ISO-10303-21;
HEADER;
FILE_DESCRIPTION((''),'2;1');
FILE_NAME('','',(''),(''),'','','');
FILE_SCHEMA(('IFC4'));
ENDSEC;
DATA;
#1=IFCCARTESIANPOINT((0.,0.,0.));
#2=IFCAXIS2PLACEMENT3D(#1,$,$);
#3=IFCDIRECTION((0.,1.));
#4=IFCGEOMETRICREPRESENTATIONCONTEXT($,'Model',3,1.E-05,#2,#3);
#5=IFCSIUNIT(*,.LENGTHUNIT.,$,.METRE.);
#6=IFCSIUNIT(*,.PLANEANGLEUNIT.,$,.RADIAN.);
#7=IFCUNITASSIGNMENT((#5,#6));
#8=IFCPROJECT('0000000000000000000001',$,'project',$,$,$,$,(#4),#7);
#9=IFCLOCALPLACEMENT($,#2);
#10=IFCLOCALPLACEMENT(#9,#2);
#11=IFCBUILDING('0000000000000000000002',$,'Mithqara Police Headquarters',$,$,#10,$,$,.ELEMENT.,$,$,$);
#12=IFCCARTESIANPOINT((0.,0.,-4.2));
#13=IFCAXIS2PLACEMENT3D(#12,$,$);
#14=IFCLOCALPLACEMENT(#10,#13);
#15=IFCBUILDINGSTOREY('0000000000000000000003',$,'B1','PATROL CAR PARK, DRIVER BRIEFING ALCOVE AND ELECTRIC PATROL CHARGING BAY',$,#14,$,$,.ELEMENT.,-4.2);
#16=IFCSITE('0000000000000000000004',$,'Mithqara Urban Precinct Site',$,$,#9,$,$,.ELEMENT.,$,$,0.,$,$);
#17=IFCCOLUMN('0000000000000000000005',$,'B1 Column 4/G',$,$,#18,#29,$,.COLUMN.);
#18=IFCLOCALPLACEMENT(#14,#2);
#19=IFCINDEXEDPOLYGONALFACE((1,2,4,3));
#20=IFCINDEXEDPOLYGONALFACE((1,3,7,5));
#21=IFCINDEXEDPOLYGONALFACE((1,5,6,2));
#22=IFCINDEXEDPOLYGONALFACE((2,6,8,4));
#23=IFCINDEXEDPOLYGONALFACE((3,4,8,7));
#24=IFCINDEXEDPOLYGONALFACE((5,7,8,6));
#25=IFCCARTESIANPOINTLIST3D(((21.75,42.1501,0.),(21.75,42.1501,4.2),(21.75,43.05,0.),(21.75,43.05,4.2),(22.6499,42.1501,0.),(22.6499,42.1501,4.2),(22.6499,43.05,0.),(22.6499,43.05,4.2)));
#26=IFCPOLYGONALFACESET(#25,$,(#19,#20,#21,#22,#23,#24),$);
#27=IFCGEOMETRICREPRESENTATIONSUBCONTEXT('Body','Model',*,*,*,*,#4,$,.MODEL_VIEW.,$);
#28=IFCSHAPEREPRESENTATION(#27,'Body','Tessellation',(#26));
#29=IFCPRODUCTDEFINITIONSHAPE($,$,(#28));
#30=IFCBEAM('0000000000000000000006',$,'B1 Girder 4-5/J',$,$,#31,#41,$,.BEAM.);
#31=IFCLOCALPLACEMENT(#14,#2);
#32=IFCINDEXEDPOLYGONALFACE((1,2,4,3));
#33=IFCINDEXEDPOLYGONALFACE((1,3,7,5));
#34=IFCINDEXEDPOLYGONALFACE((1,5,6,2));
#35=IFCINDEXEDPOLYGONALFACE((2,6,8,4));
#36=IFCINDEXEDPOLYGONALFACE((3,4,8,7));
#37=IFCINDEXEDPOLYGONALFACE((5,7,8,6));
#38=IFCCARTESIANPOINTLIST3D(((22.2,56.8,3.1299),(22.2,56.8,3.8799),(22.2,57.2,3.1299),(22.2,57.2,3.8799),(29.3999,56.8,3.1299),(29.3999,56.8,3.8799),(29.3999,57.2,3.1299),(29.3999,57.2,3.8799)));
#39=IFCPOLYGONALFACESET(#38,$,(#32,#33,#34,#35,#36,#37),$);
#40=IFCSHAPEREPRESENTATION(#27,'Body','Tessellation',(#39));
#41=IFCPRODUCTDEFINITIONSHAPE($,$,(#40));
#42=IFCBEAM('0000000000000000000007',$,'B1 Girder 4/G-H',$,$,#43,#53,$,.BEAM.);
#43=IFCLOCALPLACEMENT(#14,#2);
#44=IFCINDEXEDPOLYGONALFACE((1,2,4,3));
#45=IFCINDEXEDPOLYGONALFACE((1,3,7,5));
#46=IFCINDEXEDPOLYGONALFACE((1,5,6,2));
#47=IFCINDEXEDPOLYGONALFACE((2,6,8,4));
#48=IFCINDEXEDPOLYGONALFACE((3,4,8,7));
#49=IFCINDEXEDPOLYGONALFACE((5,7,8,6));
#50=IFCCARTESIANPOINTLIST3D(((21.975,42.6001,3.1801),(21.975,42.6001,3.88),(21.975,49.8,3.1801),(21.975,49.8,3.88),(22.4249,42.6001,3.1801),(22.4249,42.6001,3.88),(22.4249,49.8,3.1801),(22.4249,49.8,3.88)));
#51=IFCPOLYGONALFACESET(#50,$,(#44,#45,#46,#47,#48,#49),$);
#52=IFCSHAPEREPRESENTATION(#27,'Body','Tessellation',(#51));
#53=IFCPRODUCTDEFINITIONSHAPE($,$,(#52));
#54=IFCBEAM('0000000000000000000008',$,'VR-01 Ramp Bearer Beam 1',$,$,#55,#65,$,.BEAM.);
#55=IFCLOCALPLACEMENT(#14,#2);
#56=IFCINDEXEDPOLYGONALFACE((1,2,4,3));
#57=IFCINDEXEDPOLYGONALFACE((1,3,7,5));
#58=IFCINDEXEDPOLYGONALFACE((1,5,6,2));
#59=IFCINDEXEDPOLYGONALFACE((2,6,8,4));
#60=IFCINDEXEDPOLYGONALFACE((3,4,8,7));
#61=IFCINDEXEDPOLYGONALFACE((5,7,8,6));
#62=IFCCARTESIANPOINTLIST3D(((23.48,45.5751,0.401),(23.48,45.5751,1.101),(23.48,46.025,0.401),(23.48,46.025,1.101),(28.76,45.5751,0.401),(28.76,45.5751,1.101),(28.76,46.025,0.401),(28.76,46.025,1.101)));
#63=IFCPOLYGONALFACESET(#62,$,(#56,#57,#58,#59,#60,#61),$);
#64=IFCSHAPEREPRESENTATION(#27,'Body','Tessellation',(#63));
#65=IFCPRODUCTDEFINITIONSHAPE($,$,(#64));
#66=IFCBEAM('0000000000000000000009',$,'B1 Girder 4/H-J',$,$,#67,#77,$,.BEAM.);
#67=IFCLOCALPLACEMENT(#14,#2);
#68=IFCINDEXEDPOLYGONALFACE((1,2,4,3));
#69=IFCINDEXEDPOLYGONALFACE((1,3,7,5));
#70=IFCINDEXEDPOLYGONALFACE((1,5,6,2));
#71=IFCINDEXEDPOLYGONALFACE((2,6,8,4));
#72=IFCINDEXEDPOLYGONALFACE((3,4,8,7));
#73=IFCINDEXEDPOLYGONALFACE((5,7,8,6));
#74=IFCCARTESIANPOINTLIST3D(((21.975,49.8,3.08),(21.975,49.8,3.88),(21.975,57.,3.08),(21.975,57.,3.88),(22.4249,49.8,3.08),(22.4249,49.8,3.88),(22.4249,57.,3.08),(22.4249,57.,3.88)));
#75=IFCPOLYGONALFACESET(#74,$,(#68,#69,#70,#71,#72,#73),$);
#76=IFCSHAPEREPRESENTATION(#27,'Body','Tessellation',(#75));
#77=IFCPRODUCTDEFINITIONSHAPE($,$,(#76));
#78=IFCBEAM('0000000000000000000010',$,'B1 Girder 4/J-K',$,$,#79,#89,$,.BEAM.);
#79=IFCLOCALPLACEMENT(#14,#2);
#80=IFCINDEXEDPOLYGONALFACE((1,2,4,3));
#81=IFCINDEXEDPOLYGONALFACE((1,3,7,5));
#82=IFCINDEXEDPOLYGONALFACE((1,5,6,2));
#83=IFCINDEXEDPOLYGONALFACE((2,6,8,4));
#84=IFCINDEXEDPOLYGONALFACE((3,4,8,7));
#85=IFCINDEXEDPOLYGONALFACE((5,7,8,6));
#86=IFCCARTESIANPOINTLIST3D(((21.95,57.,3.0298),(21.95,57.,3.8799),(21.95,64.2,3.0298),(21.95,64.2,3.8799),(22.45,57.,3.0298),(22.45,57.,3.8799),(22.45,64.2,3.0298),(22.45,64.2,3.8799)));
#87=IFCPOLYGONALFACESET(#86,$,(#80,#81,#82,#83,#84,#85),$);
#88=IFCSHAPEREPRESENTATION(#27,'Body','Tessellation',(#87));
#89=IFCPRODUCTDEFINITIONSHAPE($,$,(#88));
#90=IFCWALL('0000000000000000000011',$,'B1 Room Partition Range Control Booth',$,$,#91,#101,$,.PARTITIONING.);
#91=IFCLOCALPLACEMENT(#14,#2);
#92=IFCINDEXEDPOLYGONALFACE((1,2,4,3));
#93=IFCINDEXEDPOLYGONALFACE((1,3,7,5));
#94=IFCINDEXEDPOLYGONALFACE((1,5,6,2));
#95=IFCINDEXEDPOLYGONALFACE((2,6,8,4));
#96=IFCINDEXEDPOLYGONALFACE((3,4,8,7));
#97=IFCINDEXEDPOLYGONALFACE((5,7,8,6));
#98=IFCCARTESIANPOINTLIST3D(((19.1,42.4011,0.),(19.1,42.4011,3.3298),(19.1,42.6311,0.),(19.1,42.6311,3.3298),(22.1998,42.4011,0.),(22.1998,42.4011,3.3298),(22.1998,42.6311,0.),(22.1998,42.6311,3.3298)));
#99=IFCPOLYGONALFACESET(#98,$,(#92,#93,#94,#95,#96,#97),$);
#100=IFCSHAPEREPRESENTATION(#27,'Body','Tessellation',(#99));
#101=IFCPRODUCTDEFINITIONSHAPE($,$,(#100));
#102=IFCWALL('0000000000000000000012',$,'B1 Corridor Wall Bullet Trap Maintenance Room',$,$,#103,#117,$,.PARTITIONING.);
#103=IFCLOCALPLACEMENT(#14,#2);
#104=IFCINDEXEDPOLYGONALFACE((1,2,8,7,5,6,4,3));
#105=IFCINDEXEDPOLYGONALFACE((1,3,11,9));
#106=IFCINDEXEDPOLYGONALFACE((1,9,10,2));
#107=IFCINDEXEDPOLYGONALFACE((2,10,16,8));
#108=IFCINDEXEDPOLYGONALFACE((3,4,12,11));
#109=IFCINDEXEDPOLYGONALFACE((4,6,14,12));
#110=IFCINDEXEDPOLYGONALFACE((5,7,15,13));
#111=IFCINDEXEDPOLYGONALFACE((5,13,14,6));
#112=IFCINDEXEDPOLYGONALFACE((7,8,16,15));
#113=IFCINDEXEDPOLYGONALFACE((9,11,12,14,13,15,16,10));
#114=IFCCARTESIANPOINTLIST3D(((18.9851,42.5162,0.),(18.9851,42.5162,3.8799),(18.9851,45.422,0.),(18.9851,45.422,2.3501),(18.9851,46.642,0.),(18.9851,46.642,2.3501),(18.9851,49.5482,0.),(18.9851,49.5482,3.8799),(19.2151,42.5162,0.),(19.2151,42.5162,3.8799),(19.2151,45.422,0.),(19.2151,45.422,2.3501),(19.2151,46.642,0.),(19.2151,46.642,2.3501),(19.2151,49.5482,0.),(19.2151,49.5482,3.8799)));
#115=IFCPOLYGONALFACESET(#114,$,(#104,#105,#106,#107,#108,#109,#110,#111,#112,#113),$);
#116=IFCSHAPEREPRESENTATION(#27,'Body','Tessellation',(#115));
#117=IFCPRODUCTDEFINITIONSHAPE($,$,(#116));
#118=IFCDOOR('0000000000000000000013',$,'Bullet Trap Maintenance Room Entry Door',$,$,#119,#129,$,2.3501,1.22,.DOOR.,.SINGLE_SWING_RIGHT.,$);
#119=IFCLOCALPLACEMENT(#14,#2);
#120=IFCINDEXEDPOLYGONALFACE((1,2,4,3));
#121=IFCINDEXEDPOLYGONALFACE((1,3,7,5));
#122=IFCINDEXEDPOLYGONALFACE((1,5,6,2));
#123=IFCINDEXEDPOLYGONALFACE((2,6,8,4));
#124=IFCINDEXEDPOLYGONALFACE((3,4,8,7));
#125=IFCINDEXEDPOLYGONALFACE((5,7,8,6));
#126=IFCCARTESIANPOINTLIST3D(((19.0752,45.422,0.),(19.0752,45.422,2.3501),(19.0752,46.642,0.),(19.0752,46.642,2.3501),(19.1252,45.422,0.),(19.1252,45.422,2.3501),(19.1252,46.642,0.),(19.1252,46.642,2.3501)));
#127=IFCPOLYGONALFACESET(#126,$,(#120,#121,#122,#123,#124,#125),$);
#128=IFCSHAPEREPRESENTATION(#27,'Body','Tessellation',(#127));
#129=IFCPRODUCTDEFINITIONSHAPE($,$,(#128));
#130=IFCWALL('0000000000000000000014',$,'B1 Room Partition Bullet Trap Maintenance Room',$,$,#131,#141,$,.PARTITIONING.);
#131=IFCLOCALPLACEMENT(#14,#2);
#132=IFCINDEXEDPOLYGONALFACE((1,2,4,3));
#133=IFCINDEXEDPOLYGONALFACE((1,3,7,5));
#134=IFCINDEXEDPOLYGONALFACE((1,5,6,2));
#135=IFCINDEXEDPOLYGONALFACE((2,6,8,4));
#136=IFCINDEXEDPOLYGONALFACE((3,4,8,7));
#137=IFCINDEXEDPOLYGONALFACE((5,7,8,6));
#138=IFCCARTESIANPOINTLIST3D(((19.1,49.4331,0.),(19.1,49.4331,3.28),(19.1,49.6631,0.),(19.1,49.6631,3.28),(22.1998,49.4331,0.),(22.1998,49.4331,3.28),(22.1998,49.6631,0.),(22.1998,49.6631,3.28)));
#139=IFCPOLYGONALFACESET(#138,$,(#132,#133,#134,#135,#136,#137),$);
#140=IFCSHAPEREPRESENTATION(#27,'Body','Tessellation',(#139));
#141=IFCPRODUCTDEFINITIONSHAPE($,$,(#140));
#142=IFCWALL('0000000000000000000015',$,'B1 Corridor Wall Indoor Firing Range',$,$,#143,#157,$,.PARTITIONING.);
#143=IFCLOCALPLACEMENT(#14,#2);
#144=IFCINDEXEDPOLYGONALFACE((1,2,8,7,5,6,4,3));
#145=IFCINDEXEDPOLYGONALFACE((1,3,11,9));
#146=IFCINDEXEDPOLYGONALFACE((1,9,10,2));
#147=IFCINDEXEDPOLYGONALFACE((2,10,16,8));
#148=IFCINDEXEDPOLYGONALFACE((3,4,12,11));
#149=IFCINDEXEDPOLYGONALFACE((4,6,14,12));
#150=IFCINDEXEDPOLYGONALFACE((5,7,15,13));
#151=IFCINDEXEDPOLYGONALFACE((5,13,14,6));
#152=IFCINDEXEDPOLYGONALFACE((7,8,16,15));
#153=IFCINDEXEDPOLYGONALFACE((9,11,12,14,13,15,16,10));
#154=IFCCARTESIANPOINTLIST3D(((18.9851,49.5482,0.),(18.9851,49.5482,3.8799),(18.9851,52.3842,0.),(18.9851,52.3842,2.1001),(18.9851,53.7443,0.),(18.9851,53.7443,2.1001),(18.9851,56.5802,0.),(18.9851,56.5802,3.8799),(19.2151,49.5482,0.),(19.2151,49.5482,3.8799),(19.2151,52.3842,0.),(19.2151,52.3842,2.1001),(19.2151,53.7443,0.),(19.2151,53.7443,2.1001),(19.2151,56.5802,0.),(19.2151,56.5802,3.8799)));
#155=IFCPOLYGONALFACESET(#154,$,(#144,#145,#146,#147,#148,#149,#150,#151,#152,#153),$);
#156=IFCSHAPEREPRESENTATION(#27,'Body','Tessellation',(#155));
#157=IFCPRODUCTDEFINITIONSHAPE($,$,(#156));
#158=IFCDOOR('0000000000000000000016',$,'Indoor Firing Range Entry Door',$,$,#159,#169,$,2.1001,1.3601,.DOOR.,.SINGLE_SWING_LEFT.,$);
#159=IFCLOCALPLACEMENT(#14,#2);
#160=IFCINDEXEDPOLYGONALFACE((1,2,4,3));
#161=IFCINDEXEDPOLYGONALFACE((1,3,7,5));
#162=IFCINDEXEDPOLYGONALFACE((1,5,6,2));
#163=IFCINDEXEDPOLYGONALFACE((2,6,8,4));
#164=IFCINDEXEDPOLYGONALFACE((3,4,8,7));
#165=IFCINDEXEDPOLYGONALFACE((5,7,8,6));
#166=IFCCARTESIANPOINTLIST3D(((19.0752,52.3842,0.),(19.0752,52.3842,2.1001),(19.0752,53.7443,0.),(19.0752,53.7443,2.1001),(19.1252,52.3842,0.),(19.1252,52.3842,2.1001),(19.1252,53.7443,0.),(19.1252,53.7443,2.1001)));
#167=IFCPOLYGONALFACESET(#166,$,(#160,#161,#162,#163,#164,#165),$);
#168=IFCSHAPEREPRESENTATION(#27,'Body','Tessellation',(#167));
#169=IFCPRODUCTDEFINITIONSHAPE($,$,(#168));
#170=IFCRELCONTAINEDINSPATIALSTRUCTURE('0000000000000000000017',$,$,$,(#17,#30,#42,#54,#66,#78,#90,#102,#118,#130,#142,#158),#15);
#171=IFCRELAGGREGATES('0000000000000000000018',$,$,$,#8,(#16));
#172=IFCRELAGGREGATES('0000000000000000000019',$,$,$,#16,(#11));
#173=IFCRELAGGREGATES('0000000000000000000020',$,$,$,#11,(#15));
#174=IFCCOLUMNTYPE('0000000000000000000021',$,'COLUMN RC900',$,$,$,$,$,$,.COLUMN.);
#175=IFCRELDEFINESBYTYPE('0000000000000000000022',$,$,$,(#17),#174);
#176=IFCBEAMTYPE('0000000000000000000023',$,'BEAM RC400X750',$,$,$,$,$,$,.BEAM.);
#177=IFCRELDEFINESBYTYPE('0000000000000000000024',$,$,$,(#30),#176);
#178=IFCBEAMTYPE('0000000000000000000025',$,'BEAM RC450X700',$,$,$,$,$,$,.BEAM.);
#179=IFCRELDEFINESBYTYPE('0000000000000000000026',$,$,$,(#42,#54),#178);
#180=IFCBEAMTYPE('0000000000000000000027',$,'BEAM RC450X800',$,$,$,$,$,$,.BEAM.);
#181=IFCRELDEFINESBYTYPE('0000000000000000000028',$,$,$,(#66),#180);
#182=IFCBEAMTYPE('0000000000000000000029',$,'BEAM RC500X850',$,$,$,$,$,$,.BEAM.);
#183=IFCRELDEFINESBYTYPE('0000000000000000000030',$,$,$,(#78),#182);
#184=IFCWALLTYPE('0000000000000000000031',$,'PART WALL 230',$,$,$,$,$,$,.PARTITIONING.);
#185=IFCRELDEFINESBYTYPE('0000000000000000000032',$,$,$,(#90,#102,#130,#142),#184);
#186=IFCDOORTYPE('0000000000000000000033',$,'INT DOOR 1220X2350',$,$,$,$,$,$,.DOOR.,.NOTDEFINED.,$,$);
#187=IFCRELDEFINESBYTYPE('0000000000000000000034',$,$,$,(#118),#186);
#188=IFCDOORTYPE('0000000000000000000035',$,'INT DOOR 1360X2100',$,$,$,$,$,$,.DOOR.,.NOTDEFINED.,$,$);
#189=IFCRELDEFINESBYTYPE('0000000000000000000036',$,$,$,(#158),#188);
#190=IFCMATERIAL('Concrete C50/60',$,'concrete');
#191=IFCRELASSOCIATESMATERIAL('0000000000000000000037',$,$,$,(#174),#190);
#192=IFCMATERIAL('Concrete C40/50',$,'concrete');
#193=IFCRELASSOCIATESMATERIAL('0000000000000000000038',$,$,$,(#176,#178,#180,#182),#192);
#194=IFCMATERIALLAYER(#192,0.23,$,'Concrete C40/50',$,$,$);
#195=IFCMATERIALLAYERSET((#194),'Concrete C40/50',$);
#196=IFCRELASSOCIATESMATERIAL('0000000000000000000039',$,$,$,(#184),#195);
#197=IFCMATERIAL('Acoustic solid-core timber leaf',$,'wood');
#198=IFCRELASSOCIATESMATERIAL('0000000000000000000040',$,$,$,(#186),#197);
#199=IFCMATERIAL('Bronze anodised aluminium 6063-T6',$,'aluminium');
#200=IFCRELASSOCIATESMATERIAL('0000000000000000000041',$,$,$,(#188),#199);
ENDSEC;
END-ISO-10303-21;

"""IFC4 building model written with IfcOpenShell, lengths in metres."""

from ifc_helpers import new_model, si_unit, direction, frame, frame_2d, origin, origin_2d, place, context, subcontext, project, spatial, rectangle, extrude, material, layer, layer_set, material_profile, profile_set, type_object, element, fill, save


model = new_model("IFC4")

# Units and contexts
model_context = context("Model", 3, precision=1e-05, world=origin(), true_north=direction((0.0, 1.0)))
body_context = subcontext(model_context, "Body", "Model", "MODEL_VIEW")
ifc_project = project(units=[si_unit("LENGTHUNIT", "METRE"), si_unit("PLANEANGLEUNIT", "RADIAN")], contexts=[model_context])

# Site, building, storey
site_placement = place(None, origin())
site = spatial("IfcSite", under=ifc_project, at=site_placement, Name="Mithqara Urban Precinct Site", CompositionType="ELEMENT", RefElevation=0.0)
building_placement = place(site_placement, origin())
building = spatial("IfcBuilding", under=site, at=building_placement, Name="Mithqara Police Headquarters", CompositionType="ELEMENT")
storey_placement = place(building_placement, frame((0.0, 0.0, -4.2)))
storey = spatial("IfcBuildingStorey", under=building, at=storey_placement, Name="B1", Description="PATROL CAR PARK, DRIVER BRIEFING ALCOVE AND ELECTRIC PATROL CHARGING BAY", CompositionType="ELEMENT", Elevation=-4.2)

# Shared definitions
ifc_material_1 = material(Name="Concrete C40/50", Category="concrete")

# Column
ifc_material_2 = material(Name="Concrete C50/60", Category="concrete")
ifc_material_profile_1 = material_profile(ifc_material_2, rectangle(XDim=0.8999, YDim=0.8999, at=origin_2d()), Name="RC 900x900")
ifc_profile_set_1 = profile_set([ifc_material_profile_1], Name="Concrete C50/60")
column_type_1 = type_object("IfcColumnType", Name="COLUMN RC900", PredefinedType="COLUMN", material=ifc_profile_set_1)
column_1_placement = place(storey_placement, frame((22.2, 42.6001, 0.0), z_axis=(0.0, 0.0, 1.0), x_axis=(1.0, 0.0, 0.0)))
element("IfcColumn", 1, at=column_1_placement, inside=storey, type_object=column_type_1, Name="B1 Column 4/G", PredefinedType="COLUMN", context=body_context, shape_type="SweptSolid", body=[
    extrude(rectangle(XDim=0.8999, YDim=0.8999, at=origin_2d()), origin(), (0.0, 0.0, 1.0), 4.2),
])

# Beams
ifc_material_profile_2 = material_profile(ifc_material_1, rectangle(XDim=0.3999, YDim=0.75, at=origin_2d()), Name="RC 400x750")
ifc_profile_set_2 = profile_set([ifc_material_profile_2], Name="Concrete C40/50")
beam_type_1 = type_object("IfcBeamType", Name="BEAM RC400X750", PredefinedType="BEAM", material=ifc_profile_set_2)
beam_1_placement = place(storey_placement, frame((22.2, 57.0, 3.5049), z_axis=(1.0, 0.0, 0.0), x_axis=(0.0, 1.0, 0.0)))
element("IfcBeam", 2, at=beam_1_placement, inside=storey, type_object=beam_type_1, Name="B1 Girder 4-5/J", PredefinedType="BEAM", context=body_context, shape_type="SweptSolid", body=[
    extrude(rectangle(XDim=0.3999, YDim=0.75, at=origin_2d()), origin(), (0.0, 0.0, 1.0), 7.2),
])
ifc_material_profile_3 = material_profile(ifc_material_1, rectangle(XDim=0.45, YDim=0.7, at=origin_2d()), Name="RC 450x700")
ifc_profile_set_3 = profile_set([ifc_material_profile_3], Name="Concrete C40/50")
beam_type_2 = type_object("IfcBeamType", Name="BEAM RC450X700", PredefinedType="BEAM", material=ifc_profile_set_3)
beam_2_placement = place(storey_placement, frame((22.2, 42.6001, 3.53), z_axis=(0.0, 1.0, 0.0), x_axis=(-1.0, 0.0, 0.0)))
element("IfcBeam", 3, at=beam_2_placement, inside=storey, type_object=beam_type_2, Name="B1 Girder 4/G-H", PredefinedType="BEAM", context=body_context, shape_type="SweptSolid", body=[
    extrude(rectangle(XDim=0.45, YDim=0.7, at=origin_2d()), origin(), (0.0, 0.0, 1.0), 7.2),
])
beam_3_placement = place(storey_placement, frame((23.48, 45.8, 0.751), z_axis=(1.0, 0.0, 0.0), x_axis=(0.0, 1.0, 0.0)))
element("IfcBeam", 4, at=beam_3_placement, inside=storey, type_object=beam_type_2, Name="VR-01 Ramp Bearer Beam 1", PredefinedType="BEAM", context=body_context, shape_type="SweptSolid", body=[
    extrude(rectangle(XDim=0.45, YDim=0.7, at=origin_2d()), origin(), (0.0, 0.0, 1.0), 5.28),
])
ifc_material_profile_4 = material_profile(ifc_material_1, rectangle(XDim=0.45, YDim=0.8, at=origin_2d()), Name="RC 450x800")
ifc_profile_set_4 = profile_set([ifc_material_profile_4], Name="Concrete C40/50")
beam_type_3 = type_object("IfcBeamType", Name="BEAM RC450X800", PredefinedType="BEAM", material=ifc_profile_set_4)
beam_4_placement = place(storey_placement, frame((22.2, 49.8, 3.48), z_axis=(0.0, 1.0, 0.0), x_axis=(-1.0, 0.0, 0.0)))
element("IfcBeam", 5, at=beam_4_placement, inside=storey, type_object=beam_type_3, Name="B1 Girder 4/H-J", PredefinedType="BEAM", context=body_context, shape_type="SweptSolid", body=[
    extrude(rectangle(XDim=0.45, YDim=0.8, at=origin_2d()), origin(), (0.0, 0.0, 1.0), 7.2),
])
ifc_material_profile_5 = material_profile(ifc_material_1, rectangle(XDim=0.5, YDim=0.8501, at=origin_2d()), Name="RC 500x850")
ifc_profile_set_5 = profile_set([ifc_material_profile_5], Name="Concrete C40/50")
beam_type_4 = type_object("IfcBeamType", Name="BEAM RC500X850", PredefinedType="BEAM", material=ifc_profile_set_5)
beam_5_placement = place(storey_placement, frame((22.2, 57.0, 3.4548), z_axis=(0.0, 1.0, 0.0), x_axis=(-1.0, 0.0, 0.0)))
element("IfcBeam", 6, at=beam_5_placement, inside=storey, type_object=beam_type_4, Name="B1 Girder 4/J-K", PredefinedType="BEAM", context=body_context, shape_type="SweptSolid", body=[
    extrude(rectangle(XDim=0.5, YDim=0.8501, at=origin_2d()), origin(), (0.0, 0.0, 1.0), 7.2),
])

# Wall
ifc_layer = layer(ifc_material_1, 0.23, Name="Concrete C40/50")
ifc_layer_set = layer_set([ifc_layer], Name="Concrete C40/50")
wall_type = type_object("IfcWallType", Name="PART WALL 230", PredefinedType="PARTITIONING", material=ifc_layer_set)
wall_1_placement = place(storey_placement, frame((19.1001, 42.5161, 0.0), z_axis=(0.0, 0.0, 1.0), x_axis=(1.0, 0.0, 0.0)))
element("IfcWall", 7, at=wall_1_placement, inside=storey, type_object=wall_type, Name="B1 Room Partition Range Control Booth", PredefinedType="PARTITIONING", context=body_context, shape_type="SweptSolid", body=[
    extrude(rectangle(XDim=3.0999, YDim=0.23, at=frame_2d((1.5498, 0.0))), origin(), (0.0, 0.0, 1.0), 3.3298),
])

# Wall, opening, door
wall_2_placement = place(storey_placement, frame((19.1001, 42.5161, 0.0), z_axis=(0.0, 0.0, 1.0), x_axis=(0.0, 1.0, 0.0)))
wall_2 = element("IfcWall", 8, at=wall_2_placement, inside=storey, type_object=wall_type, Name="B1 Corridor Wall Bullet Trap Maintenance Room", PredefinedType="PARTITIONING", context=body_context, shape_type="SweptSolid", body=[
    extrude(rectangle(XDim=7.032, YDim=0.23, at=frame_2d((3.5161, 0.0))), origin(), (0.0, 0.0, 1.0), 3.8799),
])
opening_1_placement = place(wall_2_placement, frame((2.906, 0.0, 0.0)))
opening_1 = element("IfcOpeningElement", 9, at=opening_1_placement, cuts=wall_2, PredefinedType="OPENING", context=body_context, shape_type="SweptSolid", body=[
    extrude(rectangle(XDim=1.22, YDim=2.3501, at=frame_2d((0.6099, 1.175))), frame((0.0, 0.125, 0.0), z_axis=(0.0, -1.0, 0.0), x_axis=(1.0, 0.0, 0.0)), (0.0, 0.0, 1.0), 0.25),
])
ifc_material_3 = material(Name="Acoustic solid-core timber leaf", Category="wood")
door_type_1 = type_object("IfcDoorType", Name="INT DOOR 1220X2350", OperationType="NOTDEFINED", PredefinedType="DOOR", material=ifc_material_3)
door_1_placement = place(opening_1_placement, origin())
door_1 = element("IfcDoor", 10, at=door_1_placement, inside=storey, type_object=door_type_1, Name="Bullet Trap Maintenance Room Entry Door", OperationType="SINGLE_SWING_RIGHT", OverallHeight=2.3501, OverallWidth=1.22, PredefinedType="DOOR", context=body_context, shape_type="SweptSolid", body=[
    extrude(rectangle(XDim=1.22, YDim=2.3501, at=frame_2d((0.6099, 1.175))), frame((0.0, 0.0249, 0.0), z_axis=(0.0, -1.0, 0.0), x_axis=(1.0, 0.0, 0.0)), (0.0, 0.0, 1.0), 0.05),
])
fill(opening_1, door_1)

# Wall
wall_3_placement = place(storey_placement, frame((19.1001, 49.5481, 0.0), z_axis=(0.0, 0.0, 1.0), x_axis=(1.0, 0.0, 0.0)))
element("IfcWall", 11, at=wall_3_placement, inside=storey, type_object=wall_type, Name="B1 Room Partition Bullet Trap Maintenance Room", PredefinedType="PARTITIONING", context=body_context, shape_type="SweptSolid", body=[
    extrude(rectangle(XDim=3.0999, YDim=0.23, at=frame_2d((1.5498, 0.0))), origin(), (0.0, 0.0, 1.0), 3.28),
])

# Wall, opening, door
wall_4_placement = place(storey_placement, frame((19.1001, 49.5481, 0.0), z_axis=(0.0, 0.0, 1.0), x_axis=(0.0, 1.0, 0.0)))
wall_4 = element("IfcWall", 12, at=wall_4_placement, inside=storey, type_object=wall_type, Name="B1 Corridor Wall Indoor Firing Range", PredefinedType="PARTITIONING", context=body_context, shape_type="SweptSolid", body=[
    extrude(rectangle(XDim=7.032, YDim=0.23, at=frame_2d((3.5161, 0.0))), origin(), (0.0, 0.0, 1.0), 3.8799),
])
opening_2_placement = place(wall_4_placement, frame((2.8359, 0.0, 0.0)))
opening_2 = element("IfcOpeningElement", 13, at=opening_2_placement, cuts=wall_4, PredefinedType="OPENING", context=body_context, shape_type="SweptSolid", body=[
    extrude(rectangle(XDim=1.3601, YDim=2.1001, at=frame_2d((0.6802, 1.05))), frame((0.0, 0.125, 0.0), z_axis=(0.0, -1.0, 0.0), x_axis=(1.0, 0.0, 0.0)), (0.0, 0.0, 1.0), 0.25),
])
ifc_material_4 = material(Name="Bronze anodised aluminium 6063-T6", Category="aluminium")
door_type_2 = type_object("IfcDoorType", Name="INT DOOR 1360X2100", OperationType="NOTDEFINED", PredefinedType="DOOR", material=ifc_material_4)
door_2_placement = place(opening_2_placement, origin())
door_2 = element("IfcDoor", 14, at=door_2_placement, inside=storey, type_object=door_type_2, Name="Indoor Firing Range Entry Door", OperationType="SINGLE_SWING_LEFT", OverallHeight=2.1001, OverallWidth=1.3601, PredefinedType="DOOR", context=body_context, shape_type="SweptSolid", body=[
    extrude(rectangle(XDim=1.3601, YDim=2.1001, at=frame_2d((0.6802, 1.05))), frame((0.0, 0.0249, 0.0), z_axis=(0.0, -1.0, 0.0), x_axis=(1.0, 0.0, 0.0)), (0.0, 0.0, 1.0), 0.05),
])
fill(opening_2, door_2)

save(model, "model.ifc")
